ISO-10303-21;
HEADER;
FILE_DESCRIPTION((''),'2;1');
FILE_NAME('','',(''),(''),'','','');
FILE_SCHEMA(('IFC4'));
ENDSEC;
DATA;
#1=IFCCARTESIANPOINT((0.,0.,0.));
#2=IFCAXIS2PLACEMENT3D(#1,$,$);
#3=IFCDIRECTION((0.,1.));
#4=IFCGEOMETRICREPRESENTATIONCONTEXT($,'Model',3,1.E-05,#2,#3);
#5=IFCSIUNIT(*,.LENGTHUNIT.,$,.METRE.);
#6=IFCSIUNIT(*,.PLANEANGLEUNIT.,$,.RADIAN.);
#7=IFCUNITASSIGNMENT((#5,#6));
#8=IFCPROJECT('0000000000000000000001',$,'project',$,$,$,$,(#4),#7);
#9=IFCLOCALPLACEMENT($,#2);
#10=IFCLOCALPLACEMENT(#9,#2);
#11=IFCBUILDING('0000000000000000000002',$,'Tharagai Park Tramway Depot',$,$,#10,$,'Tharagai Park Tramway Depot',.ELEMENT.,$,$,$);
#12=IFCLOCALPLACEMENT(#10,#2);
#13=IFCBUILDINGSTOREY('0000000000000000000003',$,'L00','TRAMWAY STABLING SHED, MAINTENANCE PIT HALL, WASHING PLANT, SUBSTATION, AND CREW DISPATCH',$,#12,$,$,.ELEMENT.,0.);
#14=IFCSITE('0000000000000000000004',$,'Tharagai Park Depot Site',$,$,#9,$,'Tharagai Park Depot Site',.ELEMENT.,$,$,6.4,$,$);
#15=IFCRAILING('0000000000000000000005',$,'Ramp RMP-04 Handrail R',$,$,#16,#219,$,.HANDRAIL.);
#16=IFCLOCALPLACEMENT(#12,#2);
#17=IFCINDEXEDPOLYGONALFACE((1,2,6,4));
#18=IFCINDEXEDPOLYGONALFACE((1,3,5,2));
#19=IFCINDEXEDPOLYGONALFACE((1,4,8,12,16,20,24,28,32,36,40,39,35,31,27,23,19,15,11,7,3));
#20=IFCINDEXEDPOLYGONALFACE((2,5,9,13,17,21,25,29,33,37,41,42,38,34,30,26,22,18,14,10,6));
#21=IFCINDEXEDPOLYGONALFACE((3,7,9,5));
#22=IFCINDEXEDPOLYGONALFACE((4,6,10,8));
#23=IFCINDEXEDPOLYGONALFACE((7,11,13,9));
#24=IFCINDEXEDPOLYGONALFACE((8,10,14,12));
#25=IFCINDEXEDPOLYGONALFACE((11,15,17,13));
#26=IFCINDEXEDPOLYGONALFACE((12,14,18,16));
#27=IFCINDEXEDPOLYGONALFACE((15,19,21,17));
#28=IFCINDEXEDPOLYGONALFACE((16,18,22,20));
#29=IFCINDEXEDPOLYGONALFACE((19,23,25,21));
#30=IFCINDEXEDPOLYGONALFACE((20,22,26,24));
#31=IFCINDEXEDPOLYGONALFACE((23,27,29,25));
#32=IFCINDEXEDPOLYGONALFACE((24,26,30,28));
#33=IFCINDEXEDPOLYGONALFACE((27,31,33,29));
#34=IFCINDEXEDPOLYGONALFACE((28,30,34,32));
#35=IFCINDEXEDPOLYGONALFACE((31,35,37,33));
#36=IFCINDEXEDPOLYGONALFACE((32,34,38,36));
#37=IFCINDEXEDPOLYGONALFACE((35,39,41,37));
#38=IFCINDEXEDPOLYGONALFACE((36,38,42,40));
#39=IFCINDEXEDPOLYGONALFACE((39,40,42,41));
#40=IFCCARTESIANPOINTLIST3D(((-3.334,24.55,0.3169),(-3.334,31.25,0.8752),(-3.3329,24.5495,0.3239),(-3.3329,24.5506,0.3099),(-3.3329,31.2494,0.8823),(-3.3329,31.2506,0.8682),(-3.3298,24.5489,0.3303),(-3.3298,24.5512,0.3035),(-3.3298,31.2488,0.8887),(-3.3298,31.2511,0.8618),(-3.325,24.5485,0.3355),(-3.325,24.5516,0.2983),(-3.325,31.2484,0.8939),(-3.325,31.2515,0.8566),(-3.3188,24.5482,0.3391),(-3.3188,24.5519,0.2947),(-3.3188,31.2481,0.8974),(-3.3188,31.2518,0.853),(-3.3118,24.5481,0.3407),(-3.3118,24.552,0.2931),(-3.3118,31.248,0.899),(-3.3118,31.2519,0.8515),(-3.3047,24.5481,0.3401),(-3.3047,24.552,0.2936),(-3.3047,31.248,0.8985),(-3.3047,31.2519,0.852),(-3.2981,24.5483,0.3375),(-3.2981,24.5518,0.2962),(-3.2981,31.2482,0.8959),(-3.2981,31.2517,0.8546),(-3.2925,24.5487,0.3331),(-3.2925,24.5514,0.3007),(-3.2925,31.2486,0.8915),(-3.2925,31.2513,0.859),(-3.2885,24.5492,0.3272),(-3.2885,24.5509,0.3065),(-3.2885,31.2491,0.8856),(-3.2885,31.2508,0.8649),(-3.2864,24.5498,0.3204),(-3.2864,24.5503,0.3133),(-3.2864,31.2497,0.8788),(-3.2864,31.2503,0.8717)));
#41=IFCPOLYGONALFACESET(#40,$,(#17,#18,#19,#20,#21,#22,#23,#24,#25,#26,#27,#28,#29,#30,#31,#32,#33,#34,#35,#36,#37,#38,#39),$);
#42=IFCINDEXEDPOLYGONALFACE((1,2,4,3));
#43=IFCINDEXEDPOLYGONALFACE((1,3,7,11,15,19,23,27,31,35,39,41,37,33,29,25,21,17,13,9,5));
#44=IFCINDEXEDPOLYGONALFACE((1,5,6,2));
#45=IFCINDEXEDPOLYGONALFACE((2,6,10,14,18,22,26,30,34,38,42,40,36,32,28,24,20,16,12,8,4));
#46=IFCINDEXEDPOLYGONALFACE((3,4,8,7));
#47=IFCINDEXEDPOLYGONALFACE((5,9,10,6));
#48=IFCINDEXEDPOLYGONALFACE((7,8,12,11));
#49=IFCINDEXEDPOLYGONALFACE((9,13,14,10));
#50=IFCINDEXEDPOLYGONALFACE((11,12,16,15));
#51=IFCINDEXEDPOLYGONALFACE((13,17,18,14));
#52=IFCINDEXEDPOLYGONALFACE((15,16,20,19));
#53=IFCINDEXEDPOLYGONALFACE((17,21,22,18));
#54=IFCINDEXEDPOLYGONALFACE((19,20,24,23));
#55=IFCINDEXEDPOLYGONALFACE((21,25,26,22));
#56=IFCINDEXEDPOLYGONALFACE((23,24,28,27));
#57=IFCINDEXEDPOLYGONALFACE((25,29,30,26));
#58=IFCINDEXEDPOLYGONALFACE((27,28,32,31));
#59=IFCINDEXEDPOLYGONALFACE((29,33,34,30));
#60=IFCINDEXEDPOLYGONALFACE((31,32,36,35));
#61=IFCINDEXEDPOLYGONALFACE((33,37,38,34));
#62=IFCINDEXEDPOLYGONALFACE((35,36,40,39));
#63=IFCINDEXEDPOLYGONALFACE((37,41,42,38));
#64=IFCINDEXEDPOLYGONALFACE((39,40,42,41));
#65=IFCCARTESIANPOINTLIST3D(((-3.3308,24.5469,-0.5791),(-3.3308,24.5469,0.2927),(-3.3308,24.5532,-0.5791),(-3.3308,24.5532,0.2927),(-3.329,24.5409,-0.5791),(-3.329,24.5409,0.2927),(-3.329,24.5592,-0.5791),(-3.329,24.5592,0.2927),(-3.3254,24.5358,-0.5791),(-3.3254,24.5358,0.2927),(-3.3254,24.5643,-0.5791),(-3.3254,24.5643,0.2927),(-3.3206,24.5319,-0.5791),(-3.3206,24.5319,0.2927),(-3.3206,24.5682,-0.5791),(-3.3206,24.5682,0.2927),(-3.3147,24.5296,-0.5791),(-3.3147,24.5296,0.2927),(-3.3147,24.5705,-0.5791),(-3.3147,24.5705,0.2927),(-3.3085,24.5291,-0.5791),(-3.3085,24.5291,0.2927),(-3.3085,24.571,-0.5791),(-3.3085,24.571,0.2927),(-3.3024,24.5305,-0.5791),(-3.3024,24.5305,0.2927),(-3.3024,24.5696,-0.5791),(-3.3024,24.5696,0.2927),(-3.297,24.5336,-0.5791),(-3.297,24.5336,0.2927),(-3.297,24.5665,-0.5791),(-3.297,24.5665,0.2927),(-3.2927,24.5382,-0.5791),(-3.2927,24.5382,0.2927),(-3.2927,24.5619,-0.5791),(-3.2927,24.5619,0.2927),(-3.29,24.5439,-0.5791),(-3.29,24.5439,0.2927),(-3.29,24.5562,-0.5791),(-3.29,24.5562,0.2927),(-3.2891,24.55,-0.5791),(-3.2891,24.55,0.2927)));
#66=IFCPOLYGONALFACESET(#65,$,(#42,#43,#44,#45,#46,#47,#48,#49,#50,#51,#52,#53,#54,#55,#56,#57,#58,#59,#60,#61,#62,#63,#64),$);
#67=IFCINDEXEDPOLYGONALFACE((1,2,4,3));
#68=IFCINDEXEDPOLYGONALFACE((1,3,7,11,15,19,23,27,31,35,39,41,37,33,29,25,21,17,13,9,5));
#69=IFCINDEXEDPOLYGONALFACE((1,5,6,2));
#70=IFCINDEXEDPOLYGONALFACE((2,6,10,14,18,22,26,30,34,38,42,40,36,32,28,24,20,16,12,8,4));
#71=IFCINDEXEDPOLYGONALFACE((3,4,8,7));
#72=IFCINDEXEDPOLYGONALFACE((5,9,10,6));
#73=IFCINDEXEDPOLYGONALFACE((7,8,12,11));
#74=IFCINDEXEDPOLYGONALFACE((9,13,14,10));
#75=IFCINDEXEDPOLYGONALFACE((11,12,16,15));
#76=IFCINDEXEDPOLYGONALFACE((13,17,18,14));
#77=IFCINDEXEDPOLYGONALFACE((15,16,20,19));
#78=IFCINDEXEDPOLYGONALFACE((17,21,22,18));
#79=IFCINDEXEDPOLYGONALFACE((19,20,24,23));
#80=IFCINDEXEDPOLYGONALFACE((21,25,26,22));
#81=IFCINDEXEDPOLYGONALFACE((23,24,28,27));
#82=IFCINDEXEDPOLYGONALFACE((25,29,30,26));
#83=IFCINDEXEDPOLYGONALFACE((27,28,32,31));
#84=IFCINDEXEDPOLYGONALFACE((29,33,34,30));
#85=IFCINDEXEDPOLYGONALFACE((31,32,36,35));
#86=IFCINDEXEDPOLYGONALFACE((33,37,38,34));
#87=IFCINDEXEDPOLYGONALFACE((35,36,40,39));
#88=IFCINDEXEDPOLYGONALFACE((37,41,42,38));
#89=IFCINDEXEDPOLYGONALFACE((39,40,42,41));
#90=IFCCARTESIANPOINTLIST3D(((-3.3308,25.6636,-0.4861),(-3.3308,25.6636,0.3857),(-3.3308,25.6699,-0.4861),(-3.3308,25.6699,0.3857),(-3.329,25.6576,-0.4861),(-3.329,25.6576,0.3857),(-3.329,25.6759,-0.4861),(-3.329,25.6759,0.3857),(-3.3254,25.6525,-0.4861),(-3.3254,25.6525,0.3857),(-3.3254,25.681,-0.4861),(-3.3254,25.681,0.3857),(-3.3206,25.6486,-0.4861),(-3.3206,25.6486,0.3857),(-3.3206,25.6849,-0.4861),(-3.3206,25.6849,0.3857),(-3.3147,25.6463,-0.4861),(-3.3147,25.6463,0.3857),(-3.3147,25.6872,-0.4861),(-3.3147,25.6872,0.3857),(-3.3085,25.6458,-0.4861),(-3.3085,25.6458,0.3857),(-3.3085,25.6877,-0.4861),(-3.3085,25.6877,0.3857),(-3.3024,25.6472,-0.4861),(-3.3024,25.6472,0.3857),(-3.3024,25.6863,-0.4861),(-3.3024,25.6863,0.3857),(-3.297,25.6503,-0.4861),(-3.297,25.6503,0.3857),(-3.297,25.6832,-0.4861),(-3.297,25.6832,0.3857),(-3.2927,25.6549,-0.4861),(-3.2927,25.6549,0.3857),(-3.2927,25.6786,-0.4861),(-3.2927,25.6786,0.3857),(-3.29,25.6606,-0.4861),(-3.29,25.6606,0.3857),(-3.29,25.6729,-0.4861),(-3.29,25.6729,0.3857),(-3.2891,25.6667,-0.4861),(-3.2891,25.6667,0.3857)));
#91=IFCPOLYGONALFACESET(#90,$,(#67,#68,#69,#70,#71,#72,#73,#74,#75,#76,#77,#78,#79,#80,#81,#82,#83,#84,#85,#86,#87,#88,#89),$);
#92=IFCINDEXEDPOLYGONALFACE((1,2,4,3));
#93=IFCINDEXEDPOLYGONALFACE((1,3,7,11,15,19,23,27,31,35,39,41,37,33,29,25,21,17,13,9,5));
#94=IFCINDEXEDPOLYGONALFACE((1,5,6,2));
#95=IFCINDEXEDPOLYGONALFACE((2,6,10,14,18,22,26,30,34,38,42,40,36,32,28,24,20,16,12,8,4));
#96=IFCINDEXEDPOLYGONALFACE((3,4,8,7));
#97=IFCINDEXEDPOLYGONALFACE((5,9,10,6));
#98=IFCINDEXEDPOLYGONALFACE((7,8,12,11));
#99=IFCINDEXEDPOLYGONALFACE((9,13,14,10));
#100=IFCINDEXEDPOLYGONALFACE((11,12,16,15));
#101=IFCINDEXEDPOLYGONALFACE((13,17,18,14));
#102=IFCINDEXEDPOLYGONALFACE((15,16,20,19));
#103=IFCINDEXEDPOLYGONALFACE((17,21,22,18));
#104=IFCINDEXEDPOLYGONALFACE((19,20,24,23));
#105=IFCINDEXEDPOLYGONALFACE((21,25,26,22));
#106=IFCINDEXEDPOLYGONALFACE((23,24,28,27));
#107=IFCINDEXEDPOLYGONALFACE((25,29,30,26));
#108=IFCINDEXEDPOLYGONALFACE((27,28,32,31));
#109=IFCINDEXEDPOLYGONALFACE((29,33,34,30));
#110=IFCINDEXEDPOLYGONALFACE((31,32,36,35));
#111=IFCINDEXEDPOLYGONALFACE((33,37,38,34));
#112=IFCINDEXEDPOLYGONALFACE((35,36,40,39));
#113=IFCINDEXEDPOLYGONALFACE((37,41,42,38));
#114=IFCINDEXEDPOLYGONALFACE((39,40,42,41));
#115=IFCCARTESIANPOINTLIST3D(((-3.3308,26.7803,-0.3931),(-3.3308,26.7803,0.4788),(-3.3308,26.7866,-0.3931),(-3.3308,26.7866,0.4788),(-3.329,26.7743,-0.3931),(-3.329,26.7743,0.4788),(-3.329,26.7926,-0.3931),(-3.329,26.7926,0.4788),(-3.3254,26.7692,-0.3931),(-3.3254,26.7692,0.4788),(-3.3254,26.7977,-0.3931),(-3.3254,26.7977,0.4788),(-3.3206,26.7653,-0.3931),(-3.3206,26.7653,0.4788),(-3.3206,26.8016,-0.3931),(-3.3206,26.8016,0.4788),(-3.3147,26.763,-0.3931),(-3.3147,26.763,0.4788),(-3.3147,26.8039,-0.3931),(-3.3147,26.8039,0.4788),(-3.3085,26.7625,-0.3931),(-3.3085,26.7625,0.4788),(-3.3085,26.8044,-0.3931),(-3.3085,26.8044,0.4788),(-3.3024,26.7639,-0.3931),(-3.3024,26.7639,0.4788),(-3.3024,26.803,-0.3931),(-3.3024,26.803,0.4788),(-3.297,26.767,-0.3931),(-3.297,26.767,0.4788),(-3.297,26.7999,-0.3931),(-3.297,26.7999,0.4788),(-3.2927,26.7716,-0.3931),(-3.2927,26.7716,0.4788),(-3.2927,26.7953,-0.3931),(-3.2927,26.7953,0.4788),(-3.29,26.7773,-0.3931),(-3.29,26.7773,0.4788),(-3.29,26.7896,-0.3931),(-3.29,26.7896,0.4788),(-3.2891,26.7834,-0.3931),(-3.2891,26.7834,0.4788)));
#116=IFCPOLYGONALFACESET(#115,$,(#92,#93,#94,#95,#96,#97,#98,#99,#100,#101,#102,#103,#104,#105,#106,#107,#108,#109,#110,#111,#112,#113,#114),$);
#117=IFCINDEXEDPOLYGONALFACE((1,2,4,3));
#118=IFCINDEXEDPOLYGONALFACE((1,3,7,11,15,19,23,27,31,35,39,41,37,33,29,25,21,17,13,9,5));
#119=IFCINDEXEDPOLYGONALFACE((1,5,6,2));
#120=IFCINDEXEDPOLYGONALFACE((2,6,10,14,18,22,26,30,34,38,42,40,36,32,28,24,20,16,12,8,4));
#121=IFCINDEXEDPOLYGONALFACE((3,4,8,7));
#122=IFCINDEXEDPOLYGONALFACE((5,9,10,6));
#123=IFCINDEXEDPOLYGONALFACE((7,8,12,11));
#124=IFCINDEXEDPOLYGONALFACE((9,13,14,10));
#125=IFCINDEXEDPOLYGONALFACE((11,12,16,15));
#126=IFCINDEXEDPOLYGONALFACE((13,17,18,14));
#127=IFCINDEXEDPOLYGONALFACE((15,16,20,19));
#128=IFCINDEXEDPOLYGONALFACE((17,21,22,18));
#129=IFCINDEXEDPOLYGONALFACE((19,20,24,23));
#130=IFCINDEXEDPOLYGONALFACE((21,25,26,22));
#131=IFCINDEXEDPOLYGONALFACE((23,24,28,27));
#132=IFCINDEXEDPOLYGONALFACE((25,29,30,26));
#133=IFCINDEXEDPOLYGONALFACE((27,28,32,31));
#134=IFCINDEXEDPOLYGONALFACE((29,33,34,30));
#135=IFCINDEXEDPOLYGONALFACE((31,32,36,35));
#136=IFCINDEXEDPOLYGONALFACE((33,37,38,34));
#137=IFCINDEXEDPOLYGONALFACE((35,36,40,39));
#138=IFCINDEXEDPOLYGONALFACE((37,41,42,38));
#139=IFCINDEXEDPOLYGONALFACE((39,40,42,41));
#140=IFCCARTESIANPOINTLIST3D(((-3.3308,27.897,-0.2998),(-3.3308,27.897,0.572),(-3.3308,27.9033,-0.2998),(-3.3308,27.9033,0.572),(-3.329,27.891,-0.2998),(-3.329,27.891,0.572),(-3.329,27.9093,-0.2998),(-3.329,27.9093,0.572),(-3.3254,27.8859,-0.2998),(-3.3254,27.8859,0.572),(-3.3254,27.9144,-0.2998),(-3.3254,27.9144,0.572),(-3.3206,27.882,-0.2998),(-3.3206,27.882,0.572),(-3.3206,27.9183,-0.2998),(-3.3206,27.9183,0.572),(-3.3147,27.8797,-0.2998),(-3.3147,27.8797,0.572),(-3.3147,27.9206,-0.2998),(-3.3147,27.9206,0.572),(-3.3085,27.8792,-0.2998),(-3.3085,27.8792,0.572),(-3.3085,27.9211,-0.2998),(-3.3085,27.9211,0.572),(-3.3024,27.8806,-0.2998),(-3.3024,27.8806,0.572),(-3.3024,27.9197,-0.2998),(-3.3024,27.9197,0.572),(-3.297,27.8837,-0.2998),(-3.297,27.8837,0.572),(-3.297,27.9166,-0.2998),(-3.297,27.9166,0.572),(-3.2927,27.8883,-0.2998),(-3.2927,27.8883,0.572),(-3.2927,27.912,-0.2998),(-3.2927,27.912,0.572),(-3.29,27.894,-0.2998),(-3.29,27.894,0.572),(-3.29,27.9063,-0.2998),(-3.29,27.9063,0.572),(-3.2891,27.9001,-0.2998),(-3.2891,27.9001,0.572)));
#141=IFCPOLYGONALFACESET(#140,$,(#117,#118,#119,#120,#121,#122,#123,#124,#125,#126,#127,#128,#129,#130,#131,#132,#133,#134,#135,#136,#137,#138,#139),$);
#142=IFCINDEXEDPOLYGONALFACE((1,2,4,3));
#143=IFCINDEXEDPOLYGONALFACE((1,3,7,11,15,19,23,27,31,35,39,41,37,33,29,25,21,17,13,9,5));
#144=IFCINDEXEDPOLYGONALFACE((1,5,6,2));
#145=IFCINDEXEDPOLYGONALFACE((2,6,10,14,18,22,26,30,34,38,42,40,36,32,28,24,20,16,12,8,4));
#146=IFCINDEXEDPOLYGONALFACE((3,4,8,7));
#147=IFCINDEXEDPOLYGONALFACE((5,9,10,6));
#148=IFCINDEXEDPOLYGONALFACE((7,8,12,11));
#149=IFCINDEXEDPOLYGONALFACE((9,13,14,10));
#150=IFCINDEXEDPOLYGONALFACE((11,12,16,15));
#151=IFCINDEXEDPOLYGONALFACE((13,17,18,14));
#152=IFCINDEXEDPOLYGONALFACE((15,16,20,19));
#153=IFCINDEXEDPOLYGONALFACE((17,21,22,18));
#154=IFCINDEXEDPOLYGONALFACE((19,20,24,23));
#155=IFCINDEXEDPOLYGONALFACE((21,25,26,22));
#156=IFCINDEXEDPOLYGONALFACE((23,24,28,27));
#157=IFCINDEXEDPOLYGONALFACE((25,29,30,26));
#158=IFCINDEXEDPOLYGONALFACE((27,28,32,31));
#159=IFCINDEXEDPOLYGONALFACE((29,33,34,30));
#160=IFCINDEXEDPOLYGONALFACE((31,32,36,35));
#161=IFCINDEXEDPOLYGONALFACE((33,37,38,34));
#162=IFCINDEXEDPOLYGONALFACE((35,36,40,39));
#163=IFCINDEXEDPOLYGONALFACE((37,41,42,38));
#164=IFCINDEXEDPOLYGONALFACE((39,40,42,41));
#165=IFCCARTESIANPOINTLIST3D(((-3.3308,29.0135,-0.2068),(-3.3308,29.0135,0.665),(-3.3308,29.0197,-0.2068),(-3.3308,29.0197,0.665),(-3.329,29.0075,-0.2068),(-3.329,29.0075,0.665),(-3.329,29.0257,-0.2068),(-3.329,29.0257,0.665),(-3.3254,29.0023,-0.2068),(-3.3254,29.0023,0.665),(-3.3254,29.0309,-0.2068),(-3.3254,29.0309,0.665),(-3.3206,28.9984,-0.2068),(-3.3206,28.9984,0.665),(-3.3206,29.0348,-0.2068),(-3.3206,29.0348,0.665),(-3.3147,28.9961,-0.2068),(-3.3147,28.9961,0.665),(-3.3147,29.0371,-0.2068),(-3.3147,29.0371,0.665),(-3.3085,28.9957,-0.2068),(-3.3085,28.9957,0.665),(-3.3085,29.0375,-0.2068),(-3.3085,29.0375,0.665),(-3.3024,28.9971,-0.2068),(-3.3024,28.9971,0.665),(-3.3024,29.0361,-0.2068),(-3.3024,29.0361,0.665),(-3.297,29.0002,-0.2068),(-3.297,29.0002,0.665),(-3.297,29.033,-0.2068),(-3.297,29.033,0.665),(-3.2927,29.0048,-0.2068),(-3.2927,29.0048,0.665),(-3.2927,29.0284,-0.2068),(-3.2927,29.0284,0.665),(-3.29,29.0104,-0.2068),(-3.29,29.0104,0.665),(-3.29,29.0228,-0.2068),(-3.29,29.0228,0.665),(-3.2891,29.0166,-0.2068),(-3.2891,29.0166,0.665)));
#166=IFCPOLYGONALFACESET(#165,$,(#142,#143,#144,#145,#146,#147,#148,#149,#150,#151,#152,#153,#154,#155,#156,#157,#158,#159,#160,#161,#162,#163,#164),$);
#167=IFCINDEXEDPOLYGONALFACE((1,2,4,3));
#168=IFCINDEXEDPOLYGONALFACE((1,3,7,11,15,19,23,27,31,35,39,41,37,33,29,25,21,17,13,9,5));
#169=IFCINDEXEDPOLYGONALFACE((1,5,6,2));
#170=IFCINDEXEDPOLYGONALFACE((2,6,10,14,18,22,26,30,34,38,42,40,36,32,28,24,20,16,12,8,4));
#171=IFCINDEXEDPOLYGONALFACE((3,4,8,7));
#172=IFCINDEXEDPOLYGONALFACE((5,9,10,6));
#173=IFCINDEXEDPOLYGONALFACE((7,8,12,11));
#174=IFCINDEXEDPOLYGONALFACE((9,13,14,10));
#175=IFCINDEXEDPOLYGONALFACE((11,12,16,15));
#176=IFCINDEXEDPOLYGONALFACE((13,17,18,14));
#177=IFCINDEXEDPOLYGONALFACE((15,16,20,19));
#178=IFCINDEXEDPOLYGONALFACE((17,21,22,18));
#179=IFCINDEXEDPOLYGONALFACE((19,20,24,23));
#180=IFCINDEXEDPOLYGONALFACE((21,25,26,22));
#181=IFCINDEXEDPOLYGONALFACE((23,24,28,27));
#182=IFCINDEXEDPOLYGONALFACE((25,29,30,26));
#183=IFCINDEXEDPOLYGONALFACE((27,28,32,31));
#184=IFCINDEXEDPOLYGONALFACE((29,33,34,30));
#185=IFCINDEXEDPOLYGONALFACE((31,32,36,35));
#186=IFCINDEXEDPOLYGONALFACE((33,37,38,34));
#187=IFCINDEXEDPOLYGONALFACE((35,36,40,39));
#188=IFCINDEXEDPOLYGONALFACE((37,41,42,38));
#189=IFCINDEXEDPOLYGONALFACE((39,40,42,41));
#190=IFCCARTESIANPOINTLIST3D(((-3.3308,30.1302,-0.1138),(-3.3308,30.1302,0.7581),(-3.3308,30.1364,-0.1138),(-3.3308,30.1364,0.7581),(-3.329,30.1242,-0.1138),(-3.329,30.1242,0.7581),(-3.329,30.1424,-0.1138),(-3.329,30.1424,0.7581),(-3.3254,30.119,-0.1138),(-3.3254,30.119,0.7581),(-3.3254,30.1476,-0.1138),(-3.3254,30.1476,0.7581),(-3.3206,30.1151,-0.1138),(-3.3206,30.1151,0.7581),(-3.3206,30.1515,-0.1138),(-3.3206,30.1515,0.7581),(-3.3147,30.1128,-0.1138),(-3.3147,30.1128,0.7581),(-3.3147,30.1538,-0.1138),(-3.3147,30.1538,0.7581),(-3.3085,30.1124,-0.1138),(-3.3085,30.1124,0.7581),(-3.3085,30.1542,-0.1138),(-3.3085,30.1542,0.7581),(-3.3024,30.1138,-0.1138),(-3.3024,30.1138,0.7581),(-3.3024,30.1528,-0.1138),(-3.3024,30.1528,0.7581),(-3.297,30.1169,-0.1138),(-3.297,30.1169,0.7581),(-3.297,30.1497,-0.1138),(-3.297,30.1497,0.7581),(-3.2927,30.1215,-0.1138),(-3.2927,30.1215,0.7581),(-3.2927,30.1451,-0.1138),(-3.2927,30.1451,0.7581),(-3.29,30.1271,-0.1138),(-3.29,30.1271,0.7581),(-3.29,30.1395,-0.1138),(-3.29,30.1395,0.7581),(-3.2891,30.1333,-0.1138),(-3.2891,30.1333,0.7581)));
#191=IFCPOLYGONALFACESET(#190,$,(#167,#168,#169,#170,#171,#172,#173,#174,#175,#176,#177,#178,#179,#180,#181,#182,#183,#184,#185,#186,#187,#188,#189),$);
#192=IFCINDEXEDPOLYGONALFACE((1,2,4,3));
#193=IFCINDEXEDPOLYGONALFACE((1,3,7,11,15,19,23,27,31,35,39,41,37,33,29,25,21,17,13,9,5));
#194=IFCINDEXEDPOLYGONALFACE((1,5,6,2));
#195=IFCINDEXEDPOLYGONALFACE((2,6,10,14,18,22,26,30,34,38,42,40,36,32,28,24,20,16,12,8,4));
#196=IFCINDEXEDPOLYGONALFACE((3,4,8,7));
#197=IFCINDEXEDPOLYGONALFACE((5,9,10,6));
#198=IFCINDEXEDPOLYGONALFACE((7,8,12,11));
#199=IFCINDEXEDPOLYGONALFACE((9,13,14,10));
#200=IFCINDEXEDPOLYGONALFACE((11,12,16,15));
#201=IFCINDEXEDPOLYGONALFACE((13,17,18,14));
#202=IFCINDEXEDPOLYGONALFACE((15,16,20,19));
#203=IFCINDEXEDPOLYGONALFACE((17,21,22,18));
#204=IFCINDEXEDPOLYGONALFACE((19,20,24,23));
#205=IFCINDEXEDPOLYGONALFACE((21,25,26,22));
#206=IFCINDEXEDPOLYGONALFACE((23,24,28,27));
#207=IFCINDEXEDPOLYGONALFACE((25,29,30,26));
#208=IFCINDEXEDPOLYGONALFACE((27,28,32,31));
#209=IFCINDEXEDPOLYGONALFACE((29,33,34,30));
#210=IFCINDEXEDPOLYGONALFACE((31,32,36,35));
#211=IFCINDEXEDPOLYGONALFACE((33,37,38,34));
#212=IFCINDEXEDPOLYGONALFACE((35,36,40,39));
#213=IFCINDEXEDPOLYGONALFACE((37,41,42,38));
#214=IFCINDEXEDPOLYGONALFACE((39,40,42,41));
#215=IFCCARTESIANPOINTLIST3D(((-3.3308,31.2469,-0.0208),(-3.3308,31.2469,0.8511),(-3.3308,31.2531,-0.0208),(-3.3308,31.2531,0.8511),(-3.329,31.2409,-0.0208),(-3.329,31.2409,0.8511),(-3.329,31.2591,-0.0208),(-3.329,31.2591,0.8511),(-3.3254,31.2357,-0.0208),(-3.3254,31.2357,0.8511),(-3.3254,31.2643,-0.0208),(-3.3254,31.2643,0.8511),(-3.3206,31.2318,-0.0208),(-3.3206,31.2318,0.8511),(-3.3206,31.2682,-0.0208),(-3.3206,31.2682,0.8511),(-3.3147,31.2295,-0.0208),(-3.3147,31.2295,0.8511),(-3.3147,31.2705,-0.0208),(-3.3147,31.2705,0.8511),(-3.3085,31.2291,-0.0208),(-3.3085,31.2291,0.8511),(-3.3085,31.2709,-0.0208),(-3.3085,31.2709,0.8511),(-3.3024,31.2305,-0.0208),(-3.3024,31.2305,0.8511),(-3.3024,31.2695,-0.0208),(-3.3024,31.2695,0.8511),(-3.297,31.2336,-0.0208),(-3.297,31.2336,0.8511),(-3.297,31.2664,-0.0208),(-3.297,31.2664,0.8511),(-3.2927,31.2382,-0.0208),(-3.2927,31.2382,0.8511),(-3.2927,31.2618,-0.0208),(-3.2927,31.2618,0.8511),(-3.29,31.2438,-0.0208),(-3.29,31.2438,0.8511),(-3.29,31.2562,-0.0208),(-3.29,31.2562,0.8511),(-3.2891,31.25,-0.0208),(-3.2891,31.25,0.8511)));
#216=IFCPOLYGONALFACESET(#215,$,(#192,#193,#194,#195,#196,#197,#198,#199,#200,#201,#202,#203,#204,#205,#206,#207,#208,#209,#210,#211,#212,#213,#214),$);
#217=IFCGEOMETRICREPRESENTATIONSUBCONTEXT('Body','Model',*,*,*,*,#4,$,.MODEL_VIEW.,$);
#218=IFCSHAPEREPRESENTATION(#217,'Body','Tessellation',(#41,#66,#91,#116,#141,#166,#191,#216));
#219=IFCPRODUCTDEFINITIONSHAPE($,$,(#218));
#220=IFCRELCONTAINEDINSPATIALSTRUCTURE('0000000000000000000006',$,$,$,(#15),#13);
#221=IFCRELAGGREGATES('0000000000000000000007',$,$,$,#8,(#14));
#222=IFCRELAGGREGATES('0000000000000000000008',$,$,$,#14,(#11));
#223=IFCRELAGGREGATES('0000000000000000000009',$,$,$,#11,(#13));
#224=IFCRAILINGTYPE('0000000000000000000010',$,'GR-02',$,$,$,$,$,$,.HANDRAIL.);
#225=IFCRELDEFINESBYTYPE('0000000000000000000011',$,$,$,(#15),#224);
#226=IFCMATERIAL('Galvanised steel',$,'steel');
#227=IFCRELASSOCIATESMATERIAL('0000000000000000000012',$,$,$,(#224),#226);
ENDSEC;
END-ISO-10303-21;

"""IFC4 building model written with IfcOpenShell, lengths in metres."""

from ifc_helpers import new_model, si_unit, direction, frame, origin, origin_2d, place, context, subcontext, project, spatial, circle, extrude, material, type_object, element, save


model = new_model("IFC4")

# Units and contexts
model_context = context("Model", 3, precision=1e-05, world=origin(), true_north=direction((0.0, 1.0)))
body_context = subcontext(model_context, "Body", "Model", "MODEL_VIEW")
ifc_project = project(units=[si_unit("LENGTHUNIT", "METRE"), si_unit("PLANEANGLEUNIT", "RADIAN")], contexts=[model_context])

# Site, building, storey
site_placement = place(None, origin())
site = spatial("IfcSite", under=ifc_project, at=site_placement, Name="Tharagai Park Depot Site", LongName="Tharagai Park Depot Site", CompositionType="ELEMENT", RefElevation=6.4)
building_placement = place(site_placement, origin())
building = spatial("IfcBuilding", under=site, at=building_placement, Name="Tharagai Park Tramway Depot", LongName="Tharagai Park Tramway Depot", CompositionType="ELEMENT")
storey_placement = place(building_placement, origin())
storey = spatial("IfcBuildingStorey", under=building, at=storey_placement, Name="L00", Description="TRAMWAY STABLING SHED, MAINTENANCE PIT HALL, WASHING PLANT, SUBSTATION, AND CREW DISPATCH", CompositionType="ELEMENT", Elevation=0.0)

# Railing
ifc_material_1 = material(Name="Galvanised steel", Category="steel")
railing_type_1 = type_object("IfcRailingType", Name="GR-02", PredefinedType="HANDRAIL", material=ifc_material_1)
for number, where, name in (
    (1, (-3.3101, 24.55, -0.5791), "Ramp RMP-04 Handrail R"),
):
    element("IfcRailing", number, at=place(storey_placement, frame(where)), inside=storey, type_object=railing_type_1, Name=name, PredefinedType="HANDRAIL", context=body_context, shape_type="SweptSolid", body=[
        extrude(circle(Radius=0.0239, at=origin_2d()), frame((0.0, 0.0, 0.896), z_axis=(0.0, 0.996546, 0.083048), x_axis=(-1.0, 0.0, 0.0)), (0.0, 0.0, 1.0), 6.7231),
        extrude(circle(Radius=0.021, at=origin_2d()), origin(), (0.0, 0.0, 1.0), 0.8718),
        extrude(circle(Radius=0.021, at=origin_2d()), frame((0.0, 1.1167, 0.093)), (0.0, 0.0, 1.0), 0.8718),
        extrude(circle(Radius=0.021, at=origin_2d()), frame((0.0, 2.2334, 0.186)), (0.0, 0.0, 1.0), 0.8718),
        extrude(circle(Radius=0.021, at=origin_2d()), frame((0.0, 3.3501, 0.2793)), (0.0, 0.0, 1.0), 0.8718),
        extrude(circle(Radius=0.021, at=origin_2d()), frame((0.0, 4.4666, 0.3723)), (0.0, 0.0, 1.0), 0.8718),
        extrude(circle(Radius=0.021, at=origin_2d()), frame((0.0, 5.5833, 0.4653)), (0.0, 0.0, 1.0), 0.8718),
        extrude(circle(Radius=0.021, at=origin_2d()), frame((0.0, 6.7, 0.5583)), (0.0, 0.0, 1.0), 0.8718),
    ])

save(model, "model.ifc")
